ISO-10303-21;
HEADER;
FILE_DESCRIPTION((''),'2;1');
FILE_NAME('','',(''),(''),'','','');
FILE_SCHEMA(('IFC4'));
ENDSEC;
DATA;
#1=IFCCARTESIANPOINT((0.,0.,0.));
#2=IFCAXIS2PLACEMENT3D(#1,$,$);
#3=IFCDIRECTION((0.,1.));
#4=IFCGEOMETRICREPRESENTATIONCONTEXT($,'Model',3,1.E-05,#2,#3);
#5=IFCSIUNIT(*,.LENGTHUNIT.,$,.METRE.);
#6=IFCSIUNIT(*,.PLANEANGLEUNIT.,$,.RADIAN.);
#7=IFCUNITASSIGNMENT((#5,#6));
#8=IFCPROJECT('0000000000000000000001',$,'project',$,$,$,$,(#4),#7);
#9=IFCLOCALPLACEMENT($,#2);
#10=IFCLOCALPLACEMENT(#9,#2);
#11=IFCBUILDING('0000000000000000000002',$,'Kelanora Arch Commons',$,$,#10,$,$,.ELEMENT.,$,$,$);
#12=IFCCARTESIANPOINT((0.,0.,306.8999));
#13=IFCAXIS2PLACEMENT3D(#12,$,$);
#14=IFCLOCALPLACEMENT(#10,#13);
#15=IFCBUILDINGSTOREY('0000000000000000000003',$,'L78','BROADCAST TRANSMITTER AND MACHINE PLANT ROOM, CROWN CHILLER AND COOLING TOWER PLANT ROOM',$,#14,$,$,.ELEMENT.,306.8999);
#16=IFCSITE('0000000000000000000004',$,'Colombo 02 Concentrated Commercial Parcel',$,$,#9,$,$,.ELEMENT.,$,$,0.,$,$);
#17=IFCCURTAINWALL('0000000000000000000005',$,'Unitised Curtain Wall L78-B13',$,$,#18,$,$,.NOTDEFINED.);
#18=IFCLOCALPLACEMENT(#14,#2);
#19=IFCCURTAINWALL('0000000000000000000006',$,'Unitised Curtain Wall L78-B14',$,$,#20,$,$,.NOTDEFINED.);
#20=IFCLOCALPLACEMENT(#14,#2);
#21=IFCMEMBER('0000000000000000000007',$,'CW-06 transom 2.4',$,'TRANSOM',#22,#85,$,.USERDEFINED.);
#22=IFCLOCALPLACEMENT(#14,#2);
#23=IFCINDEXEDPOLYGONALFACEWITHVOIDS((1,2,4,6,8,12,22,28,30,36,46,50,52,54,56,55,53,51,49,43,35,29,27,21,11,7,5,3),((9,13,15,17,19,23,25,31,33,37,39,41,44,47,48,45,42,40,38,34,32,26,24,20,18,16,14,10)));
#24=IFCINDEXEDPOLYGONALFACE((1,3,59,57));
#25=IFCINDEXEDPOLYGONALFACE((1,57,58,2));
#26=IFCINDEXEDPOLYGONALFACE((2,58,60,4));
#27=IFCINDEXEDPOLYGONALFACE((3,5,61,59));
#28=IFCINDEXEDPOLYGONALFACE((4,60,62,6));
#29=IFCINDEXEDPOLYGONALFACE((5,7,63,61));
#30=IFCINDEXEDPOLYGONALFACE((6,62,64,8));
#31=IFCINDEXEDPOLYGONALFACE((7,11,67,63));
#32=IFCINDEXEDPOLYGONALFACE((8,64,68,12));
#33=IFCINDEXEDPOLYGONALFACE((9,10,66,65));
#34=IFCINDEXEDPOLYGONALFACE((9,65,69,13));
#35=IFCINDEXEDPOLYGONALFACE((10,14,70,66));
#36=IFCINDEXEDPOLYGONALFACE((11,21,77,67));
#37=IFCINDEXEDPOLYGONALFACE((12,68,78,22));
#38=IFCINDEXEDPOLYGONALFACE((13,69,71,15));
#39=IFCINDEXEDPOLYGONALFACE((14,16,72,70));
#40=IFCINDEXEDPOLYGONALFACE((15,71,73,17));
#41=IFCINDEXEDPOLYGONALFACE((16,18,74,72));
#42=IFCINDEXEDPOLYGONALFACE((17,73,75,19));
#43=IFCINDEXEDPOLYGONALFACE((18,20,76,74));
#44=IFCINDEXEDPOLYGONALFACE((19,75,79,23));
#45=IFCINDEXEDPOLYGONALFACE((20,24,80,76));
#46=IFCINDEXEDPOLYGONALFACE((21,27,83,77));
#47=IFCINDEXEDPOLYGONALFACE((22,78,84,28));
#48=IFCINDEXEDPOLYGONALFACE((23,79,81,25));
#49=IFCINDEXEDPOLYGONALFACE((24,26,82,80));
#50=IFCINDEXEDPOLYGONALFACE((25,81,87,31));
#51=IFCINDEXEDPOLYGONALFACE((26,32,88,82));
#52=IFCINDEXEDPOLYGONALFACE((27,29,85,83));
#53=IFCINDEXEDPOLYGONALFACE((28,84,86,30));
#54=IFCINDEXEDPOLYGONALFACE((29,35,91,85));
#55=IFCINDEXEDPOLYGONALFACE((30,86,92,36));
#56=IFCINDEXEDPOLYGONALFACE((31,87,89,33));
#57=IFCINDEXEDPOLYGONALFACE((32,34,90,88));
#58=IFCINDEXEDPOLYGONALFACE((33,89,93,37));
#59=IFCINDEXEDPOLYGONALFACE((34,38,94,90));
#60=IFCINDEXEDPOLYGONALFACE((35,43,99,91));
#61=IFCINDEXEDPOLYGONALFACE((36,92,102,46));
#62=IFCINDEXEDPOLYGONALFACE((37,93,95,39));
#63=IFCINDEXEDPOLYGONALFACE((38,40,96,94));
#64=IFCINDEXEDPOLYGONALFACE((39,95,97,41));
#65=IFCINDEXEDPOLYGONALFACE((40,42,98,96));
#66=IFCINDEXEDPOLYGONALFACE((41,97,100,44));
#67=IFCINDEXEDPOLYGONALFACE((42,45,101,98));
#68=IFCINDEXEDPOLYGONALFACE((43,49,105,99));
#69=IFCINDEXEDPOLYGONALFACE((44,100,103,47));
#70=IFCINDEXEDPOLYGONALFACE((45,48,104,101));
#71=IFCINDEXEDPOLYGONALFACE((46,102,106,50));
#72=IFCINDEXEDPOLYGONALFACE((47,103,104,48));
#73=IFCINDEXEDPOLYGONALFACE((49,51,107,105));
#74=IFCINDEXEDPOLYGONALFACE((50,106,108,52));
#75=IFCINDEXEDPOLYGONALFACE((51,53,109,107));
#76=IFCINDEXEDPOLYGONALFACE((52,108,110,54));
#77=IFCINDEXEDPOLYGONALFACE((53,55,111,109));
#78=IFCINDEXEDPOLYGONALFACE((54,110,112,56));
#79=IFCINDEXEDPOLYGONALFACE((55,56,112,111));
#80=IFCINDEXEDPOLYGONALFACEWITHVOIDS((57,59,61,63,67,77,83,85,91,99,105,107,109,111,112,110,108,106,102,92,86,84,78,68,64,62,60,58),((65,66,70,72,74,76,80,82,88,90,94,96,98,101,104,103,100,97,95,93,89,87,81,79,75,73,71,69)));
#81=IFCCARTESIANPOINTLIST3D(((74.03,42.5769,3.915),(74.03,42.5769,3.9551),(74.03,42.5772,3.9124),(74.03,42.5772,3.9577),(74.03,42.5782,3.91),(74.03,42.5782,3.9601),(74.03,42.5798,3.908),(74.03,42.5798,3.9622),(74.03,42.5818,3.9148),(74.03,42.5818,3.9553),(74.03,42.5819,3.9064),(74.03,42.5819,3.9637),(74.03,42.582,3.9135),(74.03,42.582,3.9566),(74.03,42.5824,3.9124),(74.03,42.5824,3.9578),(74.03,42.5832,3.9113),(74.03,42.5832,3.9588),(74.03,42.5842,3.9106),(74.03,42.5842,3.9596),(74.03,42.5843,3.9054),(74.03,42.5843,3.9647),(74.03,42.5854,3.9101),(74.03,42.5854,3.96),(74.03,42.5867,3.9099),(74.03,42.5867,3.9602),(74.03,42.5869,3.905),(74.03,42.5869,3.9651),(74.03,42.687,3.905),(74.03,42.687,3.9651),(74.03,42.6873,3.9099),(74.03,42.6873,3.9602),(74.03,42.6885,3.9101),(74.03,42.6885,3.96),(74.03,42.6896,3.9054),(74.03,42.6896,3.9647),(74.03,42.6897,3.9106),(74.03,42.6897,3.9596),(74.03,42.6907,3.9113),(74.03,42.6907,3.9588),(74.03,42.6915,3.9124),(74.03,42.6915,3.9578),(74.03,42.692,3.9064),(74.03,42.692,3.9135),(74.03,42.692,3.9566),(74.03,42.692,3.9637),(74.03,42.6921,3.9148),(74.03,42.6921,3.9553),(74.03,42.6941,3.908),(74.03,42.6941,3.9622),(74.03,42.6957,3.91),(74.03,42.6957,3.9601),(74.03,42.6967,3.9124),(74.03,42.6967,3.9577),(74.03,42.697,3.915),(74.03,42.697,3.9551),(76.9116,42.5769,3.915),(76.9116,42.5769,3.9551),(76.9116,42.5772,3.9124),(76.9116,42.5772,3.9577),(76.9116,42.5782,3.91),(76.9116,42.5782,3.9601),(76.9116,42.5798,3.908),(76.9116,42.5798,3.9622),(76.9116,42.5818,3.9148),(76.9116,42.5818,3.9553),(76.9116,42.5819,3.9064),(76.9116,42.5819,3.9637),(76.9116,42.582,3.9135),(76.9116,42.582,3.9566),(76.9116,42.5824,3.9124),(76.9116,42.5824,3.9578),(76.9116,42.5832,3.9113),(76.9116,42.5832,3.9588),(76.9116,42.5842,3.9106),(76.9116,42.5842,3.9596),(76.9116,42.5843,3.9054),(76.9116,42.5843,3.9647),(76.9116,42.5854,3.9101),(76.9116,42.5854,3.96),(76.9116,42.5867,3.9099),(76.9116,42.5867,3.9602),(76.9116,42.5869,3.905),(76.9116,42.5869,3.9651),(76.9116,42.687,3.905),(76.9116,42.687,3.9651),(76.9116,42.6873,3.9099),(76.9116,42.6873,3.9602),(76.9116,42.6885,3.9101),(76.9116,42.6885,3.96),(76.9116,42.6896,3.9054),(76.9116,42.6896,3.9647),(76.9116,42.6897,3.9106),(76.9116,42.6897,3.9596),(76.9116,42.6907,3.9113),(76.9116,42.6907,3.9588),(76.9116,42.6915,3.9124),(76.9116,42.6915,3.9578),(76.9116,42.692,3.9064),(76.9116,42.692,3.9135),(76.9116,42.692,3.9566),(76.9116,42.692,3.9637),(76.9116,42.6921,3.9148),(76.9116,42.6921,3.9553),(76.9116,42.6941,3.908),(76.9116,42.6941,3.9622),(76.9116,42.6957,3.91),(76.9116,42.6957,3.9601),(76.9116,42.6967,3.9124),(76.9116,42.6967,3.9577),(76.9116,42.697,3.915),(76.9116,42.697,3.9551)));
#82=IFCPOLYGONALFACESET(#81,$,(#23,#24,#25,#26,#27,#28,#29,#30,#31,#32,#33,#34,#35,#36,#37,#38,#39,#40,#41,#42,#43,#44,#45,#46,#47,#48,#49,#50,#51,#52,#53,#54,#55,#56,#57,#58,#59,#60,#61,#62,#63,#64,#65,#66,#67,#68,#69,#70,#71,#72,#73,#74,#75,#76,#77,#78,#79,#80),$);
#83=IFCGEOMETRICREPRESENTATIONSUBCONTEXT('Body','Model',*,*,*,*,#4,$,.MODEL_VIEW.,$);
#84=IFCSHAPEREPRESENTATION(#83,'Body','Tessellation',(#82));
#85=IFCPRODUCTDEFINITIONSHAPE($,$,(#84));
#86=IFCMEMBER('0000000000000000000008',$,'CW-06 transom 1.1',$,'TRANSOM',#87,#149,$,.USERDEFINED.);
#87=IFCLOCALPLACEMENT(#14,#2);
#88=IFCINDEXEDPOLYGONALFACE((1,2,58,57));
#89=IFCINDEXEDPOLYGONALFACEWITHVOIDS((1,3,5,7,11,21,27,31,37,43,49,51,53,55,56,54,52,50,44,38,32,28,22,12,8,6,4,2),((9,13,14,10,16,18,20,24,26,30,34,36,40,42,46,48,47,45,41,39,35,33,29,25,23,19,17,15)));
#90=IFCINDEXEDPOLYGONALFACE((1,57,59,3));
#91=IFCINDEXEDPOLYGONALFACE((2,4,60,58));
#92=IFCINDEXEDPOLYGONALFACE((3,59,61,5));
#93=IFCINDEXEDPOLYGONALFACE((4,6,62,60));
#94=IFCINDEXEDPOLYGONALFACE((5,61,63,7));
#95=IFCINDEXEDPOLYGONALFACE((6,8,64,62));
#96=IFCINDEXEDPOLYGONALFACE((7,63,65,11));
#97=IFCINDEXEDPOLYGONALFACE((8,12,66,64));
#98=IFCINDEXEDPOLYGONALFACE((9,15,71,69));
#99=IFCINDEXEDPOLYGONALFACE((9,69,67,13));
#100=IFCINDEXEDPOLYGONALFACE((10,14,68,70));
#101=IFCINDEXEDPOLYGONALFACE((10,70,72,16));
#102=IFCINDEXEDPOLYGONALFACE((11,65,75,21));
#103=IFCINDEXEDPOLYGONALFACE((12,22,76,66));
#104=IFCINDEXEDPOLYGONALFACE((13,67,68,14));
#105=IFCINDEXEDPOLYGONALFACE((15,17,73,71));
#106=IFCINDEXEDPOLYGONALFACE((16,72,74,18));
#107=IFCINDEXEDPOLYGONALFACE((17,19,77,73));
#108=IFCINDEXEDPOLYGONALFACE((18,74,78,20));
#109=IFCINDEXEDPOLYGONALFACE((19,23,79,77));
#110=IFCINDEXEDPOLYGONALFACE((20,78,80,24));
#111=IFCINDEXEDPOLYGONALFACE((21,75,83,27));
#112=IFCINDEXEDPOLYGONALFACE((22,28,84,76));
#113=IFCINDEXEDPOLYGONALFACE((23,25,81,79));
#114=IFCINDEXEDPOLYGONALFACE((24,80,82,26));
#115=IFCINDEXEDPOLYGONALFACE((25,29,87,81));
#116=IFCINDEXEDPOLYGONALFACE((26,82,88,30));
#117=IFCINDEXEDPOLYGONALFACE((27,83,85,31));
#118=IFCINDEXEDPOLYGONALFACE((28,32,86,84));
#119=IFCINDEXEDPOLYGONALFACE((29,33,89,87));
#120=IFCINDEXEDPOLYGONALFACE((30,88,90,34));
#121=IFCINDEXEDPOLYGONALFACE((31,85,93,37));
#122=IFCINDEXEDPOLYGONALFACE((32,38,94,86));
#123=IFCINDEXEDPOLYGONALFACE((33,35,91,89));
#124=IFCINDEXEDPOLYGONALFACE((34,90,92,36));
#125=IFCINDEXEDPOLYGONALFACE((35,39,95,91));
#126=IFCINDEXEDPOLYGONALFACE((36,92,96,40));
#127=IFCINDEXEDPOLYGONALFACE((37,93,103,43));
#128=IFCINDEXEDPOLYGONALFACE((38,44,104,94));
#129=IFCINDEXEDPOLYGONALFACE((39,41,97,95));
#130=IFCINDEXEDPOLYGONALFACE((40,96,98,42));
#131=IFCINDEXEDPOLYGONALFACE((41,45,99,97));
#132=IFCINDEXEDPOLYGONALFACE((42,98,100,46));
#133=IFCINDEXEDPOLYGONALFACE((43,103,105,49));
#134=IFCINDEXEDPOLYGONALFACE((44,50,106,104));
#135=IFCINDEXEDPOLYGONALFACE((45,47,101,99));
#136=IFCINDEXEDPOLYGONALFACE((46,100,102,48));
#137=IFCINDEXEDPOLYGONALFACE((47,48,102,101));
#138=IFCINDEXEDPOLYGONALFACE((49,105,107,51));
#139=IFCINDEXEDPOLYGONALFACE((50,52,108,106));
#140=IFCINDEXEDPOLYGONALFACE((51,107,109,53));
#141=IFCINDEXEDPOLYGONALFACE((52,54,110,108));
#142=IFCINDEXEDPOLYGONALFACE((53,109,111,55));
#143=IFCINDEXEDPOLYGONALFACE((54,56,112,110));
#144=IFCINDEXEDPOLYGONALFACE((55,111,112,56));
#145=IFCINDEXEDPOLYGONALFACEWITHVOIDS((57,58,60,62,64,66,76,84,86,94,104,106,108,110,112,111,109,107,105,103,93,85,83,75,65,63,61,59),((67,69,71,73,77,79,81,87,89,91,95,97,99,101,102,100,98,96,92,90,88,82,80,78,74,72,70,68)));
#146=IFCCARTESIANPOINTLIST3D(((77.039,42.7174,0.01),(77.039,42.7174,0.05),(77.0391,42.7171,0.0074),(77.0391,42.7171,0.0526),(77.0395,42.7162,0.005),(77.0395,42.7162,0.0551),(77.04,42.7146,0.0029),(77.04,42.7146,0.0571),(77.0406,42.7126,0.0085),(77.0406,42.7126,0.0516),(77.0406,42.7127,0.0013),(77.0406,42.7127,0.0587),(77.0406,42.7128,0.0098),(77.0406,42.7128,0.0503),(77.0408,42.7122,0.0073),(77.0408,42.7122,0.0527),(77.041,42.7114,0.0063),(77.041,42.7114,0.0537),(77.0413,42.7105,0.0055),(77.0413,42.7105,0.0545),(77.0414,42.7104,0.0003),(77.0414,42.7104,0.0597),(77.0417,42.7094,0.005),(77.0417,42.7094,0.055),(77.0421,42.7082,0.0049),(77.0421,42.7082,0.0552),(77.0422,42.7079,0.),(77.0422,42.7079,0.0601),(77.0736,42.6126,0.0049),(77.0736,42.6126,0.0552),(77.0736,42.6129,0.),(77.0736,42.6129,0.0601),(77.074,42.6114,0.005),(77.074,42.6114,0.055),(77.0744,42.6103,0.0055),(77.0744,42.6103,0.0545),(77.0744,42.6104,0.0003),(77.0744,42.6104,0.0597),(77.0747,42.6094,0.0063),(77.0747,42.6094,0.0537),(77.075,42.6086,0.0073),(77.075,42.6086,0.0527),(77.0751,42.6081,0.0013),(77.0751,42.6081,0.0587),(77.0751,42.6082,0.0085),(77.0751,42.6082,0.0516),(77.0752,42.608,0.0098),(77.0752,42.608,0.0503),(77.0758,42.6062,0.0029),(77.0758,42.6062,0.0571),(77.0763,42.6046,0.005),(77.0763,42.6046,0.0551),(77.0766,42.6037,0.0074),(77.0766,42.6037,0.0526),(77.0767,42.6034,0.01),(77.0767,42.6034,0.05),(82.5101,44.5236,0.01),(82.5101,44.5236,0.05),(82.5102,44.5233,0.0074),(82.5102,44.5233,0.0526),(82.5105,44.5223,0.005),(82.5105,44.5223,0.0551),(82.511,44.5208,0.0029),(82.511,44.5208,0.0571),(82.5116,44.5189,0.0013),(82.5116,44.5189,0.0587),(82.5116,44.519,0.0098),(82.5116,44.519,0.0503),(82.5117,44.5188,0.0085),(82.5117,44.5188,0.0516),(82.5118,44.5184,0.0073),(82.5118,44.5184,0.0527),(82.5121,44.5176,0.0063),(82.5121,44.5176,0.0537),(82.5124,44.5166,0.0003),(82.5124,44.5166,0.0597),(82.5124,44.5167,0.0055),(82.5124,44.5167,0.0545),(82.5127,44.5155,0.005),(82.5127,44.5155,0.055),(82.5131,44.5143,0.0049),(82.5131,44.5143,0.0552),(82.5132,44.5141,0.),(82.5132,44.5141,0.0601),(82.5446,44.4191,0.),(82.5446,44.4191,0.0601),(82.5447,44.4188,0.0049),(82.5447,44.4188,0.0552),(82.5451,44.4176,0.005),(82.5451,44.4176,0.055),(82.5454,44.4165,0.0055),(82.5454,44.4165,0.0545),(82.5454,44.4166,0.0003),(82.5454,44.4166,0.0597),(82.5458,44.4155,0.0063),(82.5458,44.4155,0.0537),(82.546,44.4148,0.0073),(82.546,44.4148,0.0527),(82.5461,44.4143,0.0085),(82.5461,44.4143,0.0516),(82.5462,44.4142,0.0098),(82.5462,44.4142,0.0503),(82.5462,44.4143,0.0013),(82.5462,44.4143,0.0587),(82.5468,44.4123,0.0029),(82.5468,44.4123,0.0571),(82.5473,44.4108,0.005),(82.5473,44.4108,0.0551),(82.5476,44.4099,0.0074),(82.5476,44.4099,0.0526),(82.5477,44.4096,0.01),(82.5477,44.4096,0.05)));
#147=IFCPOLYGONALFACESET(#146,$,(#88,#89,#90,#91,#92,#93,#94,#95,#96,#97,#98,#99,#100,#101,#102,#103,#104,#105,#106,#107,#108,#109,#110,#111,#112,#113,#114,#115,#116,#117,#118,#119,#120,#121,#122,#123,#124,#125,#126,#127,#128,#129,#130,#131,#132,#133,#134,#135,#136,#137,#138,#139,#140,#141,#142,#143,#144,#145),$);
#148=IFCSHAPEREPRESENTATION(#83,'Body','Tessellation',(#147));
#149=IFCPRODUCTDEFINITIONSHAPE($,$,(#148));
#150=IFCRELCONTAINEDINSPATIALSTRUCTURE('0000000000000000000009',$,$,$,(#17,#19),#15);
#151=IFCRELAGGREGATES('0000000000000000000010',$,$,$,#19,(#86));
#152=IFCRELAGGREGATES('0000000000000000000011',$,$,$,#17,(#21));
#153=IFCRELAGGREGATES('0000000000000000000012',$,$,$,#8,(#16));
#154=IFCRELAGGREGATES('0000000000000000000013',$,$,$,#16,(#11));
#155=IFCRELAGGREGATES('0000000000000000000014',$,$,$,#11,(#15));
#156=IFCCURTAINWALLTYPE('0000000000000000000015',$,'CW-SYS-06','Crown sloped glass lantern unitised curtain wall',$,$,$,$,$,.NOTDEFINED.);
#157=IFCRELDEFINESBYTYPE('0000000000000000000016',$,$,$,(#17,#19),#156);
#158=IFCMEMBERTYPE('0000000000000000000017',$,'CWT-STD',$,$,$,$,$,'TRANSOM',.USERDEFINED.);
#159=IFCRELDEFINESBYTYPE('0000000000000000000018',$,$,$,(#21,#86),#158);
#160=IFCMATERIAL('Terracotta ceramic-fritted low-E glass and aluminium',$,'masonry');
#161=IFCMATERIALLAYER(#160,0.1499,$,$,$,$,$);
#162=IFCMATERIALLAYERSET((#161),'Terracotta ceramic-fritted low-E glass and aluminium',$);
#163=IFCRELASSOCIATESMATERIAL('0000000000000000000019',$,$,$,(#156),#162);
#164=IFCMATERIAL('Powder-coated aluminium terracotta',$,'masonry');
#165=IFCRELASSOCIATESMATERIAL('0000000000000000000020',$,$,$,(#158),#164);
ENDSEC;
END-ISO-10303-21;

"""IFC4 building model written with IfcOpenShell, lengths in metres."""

from ifc_helpers import new_model, si_unit, direction, frame, origin, origin_2d, place, context, subcontext, project, spatial, hollow_rectangle, extrude, material, layer, layer_set, material_profile, profile_set, type_object, element, aggregate, save


model = new_model("IFC4")

# Units and contexts
model_context = context("Model", 3, precision=1e-05, world=origin(), true_north=direction((0.0, 1.0)))
body_context = subcontext(model_context, "Body", "Model", "MODEL_VIEW")
ifc_project = project(units=[si_unit("LENGTHUNIT", "METRE"), si_unit("PLANEANGLEUNIT", "RADIAN")], contexts=[model_context])

# Site, building, storey
site_placement = place(None, origin())
site = spatial("IfcSite", under=ifc_project, at=site_placement, Name="Colombo 02 Concentrated Commercial Parcel", CompositionType="ELEMENT", RefElevation=0.0)
building_placement = place(site_placement, origin())
building = spatial("IfcBuilding", under=site, at=building_placement, Name="Kelanora Arch Commons", CompositionType="ELEMENT")
storey_placement = place(building_placement, frame((0.0, 0.0, 306.8999)))
storey = spatial("IfcBuildingStorey", under=building, at=storey_placement, Name="L78", Description="BROADCAST TRANSMITTER AND MACHINE PLANT ROOM, CROWN CHILLER AND COOLING TOWER PLANT ROOM", CompositionType="ELEMENT", Elevation=306.8999)

# Curtain wall
ifc_material_1 = material(Name="Terracotta ceramic-fritted low-E glass and aluminium", Category="masonry")
ifc_layer_1 = layer(ifc_material_1, 0.1499)
ifc_layer_set_1 = layer_set([ifc_layer_1], Name="Terracotta ceramic-fritted low-E glass and aluminium")
curtain_wall_type = type_object("IfcCurtainWallType", Name="CW-SYS-06", Description="Crown sloped glass lantern unitised curtain wall", PredefinedType="NOTDEFINED", material=ifc_layer_set_1)
curtain_wall_1_placement = place(storey_placement, origin())
curtain_wall_1 = element("IfcCurtainWall", 1, at=curtain_wall_1_placement, inside=storey, type_object=curtain_wall_type, Name="Unitised Curtain Wall L78-B13", PredefinedType="NOTDEFINED")
ifc_material_2 = material(Name="Powder-coated aluminium terracotta", Category="masonry")

# Curtain wall
curtain_wall_2_placement = place(storey_placement, origin())
curtain_wall_2 = element("IfcCurtainWall", 2, at=curtain_wall_2_placement, inside=storey, type_object=curtain_wall_type, Name="Unitised Curtain Wall L78-B14", PredefinedType="NOTDEFINED")

# Members
ifc_material_profile_1 = material_profile(ifc_material_2, hollow_rectangle(XDim=0.1201, YDim=0.0601, WallThickness=0.0049, InnerFilletRadius=0.0049, OuterFilletRadius=0.01, at=origin_2d()), Name="CWT120x60")
ifc_profile_set_1 = profile_set([ifc_material_profile_1], Name="Powder-coated aluminium terracotta")
member_type_1 = type_object("IfcMemberType", Name="CWT-STD", ElementType="TRANSOM", PredefinedType="USERDEFINED", material=ifc_profile_set_1)
member_1_placement = place(storey_placement, frame((74.03, 42.637, 3.9351), z_axis=(1.0, 0.0, 0.0), x_axis=(0.0, 1.0, 0.0)))
member_1 = element("IfcMember", 3, at=member_1_placement, type_object=member_type_1, Name="CW-06 transom 2.4", ObjectType="TRANSOM", PredefinedType="USERDEFINED", context=body_context, shape_type="SweptSolid", body=[
    extrude(hollow_rectangle(XDim=0.1201, YDim=0.0601, WallThickness=0.0049, InnerFilletRadius=0.0049, OuterFilletRadius=0.01, at=origin_2d()), origin(), (0.0, 0.0, 1.0), 2.8816),
])
member_2_placement = place(storey_placement, frame((77.0579, 42.6604, 0.03), z_axis=(0.94959, 0.313493, 0.0), x_axis=(-0.313493, 0.94959, 0.0)))
member_2 = element("IfcMember", 4, at=member_2_placement, type_object=member_type_1, Name="CW-06 transom 1.1", ObjectType="TRANSOM", PredefinedType="USERDEFINED", context=body_context, shape_type="SweptSolid", body=[
    extrude(hollow_rectangle(XDim=0.1201, YDim=0.0601, WallThickness=0.0049, InnerFilletRadius=0.0049, OuterFilletRadius=0.01, at=origin_2d()), origin(), (0.0, 0.0, 1.0), 5.7615),
])

aggregate(curtain_wall_2, [member_2])
aggregate(curtain_wall_1, [member_1])

save(model, "model.ifc")
